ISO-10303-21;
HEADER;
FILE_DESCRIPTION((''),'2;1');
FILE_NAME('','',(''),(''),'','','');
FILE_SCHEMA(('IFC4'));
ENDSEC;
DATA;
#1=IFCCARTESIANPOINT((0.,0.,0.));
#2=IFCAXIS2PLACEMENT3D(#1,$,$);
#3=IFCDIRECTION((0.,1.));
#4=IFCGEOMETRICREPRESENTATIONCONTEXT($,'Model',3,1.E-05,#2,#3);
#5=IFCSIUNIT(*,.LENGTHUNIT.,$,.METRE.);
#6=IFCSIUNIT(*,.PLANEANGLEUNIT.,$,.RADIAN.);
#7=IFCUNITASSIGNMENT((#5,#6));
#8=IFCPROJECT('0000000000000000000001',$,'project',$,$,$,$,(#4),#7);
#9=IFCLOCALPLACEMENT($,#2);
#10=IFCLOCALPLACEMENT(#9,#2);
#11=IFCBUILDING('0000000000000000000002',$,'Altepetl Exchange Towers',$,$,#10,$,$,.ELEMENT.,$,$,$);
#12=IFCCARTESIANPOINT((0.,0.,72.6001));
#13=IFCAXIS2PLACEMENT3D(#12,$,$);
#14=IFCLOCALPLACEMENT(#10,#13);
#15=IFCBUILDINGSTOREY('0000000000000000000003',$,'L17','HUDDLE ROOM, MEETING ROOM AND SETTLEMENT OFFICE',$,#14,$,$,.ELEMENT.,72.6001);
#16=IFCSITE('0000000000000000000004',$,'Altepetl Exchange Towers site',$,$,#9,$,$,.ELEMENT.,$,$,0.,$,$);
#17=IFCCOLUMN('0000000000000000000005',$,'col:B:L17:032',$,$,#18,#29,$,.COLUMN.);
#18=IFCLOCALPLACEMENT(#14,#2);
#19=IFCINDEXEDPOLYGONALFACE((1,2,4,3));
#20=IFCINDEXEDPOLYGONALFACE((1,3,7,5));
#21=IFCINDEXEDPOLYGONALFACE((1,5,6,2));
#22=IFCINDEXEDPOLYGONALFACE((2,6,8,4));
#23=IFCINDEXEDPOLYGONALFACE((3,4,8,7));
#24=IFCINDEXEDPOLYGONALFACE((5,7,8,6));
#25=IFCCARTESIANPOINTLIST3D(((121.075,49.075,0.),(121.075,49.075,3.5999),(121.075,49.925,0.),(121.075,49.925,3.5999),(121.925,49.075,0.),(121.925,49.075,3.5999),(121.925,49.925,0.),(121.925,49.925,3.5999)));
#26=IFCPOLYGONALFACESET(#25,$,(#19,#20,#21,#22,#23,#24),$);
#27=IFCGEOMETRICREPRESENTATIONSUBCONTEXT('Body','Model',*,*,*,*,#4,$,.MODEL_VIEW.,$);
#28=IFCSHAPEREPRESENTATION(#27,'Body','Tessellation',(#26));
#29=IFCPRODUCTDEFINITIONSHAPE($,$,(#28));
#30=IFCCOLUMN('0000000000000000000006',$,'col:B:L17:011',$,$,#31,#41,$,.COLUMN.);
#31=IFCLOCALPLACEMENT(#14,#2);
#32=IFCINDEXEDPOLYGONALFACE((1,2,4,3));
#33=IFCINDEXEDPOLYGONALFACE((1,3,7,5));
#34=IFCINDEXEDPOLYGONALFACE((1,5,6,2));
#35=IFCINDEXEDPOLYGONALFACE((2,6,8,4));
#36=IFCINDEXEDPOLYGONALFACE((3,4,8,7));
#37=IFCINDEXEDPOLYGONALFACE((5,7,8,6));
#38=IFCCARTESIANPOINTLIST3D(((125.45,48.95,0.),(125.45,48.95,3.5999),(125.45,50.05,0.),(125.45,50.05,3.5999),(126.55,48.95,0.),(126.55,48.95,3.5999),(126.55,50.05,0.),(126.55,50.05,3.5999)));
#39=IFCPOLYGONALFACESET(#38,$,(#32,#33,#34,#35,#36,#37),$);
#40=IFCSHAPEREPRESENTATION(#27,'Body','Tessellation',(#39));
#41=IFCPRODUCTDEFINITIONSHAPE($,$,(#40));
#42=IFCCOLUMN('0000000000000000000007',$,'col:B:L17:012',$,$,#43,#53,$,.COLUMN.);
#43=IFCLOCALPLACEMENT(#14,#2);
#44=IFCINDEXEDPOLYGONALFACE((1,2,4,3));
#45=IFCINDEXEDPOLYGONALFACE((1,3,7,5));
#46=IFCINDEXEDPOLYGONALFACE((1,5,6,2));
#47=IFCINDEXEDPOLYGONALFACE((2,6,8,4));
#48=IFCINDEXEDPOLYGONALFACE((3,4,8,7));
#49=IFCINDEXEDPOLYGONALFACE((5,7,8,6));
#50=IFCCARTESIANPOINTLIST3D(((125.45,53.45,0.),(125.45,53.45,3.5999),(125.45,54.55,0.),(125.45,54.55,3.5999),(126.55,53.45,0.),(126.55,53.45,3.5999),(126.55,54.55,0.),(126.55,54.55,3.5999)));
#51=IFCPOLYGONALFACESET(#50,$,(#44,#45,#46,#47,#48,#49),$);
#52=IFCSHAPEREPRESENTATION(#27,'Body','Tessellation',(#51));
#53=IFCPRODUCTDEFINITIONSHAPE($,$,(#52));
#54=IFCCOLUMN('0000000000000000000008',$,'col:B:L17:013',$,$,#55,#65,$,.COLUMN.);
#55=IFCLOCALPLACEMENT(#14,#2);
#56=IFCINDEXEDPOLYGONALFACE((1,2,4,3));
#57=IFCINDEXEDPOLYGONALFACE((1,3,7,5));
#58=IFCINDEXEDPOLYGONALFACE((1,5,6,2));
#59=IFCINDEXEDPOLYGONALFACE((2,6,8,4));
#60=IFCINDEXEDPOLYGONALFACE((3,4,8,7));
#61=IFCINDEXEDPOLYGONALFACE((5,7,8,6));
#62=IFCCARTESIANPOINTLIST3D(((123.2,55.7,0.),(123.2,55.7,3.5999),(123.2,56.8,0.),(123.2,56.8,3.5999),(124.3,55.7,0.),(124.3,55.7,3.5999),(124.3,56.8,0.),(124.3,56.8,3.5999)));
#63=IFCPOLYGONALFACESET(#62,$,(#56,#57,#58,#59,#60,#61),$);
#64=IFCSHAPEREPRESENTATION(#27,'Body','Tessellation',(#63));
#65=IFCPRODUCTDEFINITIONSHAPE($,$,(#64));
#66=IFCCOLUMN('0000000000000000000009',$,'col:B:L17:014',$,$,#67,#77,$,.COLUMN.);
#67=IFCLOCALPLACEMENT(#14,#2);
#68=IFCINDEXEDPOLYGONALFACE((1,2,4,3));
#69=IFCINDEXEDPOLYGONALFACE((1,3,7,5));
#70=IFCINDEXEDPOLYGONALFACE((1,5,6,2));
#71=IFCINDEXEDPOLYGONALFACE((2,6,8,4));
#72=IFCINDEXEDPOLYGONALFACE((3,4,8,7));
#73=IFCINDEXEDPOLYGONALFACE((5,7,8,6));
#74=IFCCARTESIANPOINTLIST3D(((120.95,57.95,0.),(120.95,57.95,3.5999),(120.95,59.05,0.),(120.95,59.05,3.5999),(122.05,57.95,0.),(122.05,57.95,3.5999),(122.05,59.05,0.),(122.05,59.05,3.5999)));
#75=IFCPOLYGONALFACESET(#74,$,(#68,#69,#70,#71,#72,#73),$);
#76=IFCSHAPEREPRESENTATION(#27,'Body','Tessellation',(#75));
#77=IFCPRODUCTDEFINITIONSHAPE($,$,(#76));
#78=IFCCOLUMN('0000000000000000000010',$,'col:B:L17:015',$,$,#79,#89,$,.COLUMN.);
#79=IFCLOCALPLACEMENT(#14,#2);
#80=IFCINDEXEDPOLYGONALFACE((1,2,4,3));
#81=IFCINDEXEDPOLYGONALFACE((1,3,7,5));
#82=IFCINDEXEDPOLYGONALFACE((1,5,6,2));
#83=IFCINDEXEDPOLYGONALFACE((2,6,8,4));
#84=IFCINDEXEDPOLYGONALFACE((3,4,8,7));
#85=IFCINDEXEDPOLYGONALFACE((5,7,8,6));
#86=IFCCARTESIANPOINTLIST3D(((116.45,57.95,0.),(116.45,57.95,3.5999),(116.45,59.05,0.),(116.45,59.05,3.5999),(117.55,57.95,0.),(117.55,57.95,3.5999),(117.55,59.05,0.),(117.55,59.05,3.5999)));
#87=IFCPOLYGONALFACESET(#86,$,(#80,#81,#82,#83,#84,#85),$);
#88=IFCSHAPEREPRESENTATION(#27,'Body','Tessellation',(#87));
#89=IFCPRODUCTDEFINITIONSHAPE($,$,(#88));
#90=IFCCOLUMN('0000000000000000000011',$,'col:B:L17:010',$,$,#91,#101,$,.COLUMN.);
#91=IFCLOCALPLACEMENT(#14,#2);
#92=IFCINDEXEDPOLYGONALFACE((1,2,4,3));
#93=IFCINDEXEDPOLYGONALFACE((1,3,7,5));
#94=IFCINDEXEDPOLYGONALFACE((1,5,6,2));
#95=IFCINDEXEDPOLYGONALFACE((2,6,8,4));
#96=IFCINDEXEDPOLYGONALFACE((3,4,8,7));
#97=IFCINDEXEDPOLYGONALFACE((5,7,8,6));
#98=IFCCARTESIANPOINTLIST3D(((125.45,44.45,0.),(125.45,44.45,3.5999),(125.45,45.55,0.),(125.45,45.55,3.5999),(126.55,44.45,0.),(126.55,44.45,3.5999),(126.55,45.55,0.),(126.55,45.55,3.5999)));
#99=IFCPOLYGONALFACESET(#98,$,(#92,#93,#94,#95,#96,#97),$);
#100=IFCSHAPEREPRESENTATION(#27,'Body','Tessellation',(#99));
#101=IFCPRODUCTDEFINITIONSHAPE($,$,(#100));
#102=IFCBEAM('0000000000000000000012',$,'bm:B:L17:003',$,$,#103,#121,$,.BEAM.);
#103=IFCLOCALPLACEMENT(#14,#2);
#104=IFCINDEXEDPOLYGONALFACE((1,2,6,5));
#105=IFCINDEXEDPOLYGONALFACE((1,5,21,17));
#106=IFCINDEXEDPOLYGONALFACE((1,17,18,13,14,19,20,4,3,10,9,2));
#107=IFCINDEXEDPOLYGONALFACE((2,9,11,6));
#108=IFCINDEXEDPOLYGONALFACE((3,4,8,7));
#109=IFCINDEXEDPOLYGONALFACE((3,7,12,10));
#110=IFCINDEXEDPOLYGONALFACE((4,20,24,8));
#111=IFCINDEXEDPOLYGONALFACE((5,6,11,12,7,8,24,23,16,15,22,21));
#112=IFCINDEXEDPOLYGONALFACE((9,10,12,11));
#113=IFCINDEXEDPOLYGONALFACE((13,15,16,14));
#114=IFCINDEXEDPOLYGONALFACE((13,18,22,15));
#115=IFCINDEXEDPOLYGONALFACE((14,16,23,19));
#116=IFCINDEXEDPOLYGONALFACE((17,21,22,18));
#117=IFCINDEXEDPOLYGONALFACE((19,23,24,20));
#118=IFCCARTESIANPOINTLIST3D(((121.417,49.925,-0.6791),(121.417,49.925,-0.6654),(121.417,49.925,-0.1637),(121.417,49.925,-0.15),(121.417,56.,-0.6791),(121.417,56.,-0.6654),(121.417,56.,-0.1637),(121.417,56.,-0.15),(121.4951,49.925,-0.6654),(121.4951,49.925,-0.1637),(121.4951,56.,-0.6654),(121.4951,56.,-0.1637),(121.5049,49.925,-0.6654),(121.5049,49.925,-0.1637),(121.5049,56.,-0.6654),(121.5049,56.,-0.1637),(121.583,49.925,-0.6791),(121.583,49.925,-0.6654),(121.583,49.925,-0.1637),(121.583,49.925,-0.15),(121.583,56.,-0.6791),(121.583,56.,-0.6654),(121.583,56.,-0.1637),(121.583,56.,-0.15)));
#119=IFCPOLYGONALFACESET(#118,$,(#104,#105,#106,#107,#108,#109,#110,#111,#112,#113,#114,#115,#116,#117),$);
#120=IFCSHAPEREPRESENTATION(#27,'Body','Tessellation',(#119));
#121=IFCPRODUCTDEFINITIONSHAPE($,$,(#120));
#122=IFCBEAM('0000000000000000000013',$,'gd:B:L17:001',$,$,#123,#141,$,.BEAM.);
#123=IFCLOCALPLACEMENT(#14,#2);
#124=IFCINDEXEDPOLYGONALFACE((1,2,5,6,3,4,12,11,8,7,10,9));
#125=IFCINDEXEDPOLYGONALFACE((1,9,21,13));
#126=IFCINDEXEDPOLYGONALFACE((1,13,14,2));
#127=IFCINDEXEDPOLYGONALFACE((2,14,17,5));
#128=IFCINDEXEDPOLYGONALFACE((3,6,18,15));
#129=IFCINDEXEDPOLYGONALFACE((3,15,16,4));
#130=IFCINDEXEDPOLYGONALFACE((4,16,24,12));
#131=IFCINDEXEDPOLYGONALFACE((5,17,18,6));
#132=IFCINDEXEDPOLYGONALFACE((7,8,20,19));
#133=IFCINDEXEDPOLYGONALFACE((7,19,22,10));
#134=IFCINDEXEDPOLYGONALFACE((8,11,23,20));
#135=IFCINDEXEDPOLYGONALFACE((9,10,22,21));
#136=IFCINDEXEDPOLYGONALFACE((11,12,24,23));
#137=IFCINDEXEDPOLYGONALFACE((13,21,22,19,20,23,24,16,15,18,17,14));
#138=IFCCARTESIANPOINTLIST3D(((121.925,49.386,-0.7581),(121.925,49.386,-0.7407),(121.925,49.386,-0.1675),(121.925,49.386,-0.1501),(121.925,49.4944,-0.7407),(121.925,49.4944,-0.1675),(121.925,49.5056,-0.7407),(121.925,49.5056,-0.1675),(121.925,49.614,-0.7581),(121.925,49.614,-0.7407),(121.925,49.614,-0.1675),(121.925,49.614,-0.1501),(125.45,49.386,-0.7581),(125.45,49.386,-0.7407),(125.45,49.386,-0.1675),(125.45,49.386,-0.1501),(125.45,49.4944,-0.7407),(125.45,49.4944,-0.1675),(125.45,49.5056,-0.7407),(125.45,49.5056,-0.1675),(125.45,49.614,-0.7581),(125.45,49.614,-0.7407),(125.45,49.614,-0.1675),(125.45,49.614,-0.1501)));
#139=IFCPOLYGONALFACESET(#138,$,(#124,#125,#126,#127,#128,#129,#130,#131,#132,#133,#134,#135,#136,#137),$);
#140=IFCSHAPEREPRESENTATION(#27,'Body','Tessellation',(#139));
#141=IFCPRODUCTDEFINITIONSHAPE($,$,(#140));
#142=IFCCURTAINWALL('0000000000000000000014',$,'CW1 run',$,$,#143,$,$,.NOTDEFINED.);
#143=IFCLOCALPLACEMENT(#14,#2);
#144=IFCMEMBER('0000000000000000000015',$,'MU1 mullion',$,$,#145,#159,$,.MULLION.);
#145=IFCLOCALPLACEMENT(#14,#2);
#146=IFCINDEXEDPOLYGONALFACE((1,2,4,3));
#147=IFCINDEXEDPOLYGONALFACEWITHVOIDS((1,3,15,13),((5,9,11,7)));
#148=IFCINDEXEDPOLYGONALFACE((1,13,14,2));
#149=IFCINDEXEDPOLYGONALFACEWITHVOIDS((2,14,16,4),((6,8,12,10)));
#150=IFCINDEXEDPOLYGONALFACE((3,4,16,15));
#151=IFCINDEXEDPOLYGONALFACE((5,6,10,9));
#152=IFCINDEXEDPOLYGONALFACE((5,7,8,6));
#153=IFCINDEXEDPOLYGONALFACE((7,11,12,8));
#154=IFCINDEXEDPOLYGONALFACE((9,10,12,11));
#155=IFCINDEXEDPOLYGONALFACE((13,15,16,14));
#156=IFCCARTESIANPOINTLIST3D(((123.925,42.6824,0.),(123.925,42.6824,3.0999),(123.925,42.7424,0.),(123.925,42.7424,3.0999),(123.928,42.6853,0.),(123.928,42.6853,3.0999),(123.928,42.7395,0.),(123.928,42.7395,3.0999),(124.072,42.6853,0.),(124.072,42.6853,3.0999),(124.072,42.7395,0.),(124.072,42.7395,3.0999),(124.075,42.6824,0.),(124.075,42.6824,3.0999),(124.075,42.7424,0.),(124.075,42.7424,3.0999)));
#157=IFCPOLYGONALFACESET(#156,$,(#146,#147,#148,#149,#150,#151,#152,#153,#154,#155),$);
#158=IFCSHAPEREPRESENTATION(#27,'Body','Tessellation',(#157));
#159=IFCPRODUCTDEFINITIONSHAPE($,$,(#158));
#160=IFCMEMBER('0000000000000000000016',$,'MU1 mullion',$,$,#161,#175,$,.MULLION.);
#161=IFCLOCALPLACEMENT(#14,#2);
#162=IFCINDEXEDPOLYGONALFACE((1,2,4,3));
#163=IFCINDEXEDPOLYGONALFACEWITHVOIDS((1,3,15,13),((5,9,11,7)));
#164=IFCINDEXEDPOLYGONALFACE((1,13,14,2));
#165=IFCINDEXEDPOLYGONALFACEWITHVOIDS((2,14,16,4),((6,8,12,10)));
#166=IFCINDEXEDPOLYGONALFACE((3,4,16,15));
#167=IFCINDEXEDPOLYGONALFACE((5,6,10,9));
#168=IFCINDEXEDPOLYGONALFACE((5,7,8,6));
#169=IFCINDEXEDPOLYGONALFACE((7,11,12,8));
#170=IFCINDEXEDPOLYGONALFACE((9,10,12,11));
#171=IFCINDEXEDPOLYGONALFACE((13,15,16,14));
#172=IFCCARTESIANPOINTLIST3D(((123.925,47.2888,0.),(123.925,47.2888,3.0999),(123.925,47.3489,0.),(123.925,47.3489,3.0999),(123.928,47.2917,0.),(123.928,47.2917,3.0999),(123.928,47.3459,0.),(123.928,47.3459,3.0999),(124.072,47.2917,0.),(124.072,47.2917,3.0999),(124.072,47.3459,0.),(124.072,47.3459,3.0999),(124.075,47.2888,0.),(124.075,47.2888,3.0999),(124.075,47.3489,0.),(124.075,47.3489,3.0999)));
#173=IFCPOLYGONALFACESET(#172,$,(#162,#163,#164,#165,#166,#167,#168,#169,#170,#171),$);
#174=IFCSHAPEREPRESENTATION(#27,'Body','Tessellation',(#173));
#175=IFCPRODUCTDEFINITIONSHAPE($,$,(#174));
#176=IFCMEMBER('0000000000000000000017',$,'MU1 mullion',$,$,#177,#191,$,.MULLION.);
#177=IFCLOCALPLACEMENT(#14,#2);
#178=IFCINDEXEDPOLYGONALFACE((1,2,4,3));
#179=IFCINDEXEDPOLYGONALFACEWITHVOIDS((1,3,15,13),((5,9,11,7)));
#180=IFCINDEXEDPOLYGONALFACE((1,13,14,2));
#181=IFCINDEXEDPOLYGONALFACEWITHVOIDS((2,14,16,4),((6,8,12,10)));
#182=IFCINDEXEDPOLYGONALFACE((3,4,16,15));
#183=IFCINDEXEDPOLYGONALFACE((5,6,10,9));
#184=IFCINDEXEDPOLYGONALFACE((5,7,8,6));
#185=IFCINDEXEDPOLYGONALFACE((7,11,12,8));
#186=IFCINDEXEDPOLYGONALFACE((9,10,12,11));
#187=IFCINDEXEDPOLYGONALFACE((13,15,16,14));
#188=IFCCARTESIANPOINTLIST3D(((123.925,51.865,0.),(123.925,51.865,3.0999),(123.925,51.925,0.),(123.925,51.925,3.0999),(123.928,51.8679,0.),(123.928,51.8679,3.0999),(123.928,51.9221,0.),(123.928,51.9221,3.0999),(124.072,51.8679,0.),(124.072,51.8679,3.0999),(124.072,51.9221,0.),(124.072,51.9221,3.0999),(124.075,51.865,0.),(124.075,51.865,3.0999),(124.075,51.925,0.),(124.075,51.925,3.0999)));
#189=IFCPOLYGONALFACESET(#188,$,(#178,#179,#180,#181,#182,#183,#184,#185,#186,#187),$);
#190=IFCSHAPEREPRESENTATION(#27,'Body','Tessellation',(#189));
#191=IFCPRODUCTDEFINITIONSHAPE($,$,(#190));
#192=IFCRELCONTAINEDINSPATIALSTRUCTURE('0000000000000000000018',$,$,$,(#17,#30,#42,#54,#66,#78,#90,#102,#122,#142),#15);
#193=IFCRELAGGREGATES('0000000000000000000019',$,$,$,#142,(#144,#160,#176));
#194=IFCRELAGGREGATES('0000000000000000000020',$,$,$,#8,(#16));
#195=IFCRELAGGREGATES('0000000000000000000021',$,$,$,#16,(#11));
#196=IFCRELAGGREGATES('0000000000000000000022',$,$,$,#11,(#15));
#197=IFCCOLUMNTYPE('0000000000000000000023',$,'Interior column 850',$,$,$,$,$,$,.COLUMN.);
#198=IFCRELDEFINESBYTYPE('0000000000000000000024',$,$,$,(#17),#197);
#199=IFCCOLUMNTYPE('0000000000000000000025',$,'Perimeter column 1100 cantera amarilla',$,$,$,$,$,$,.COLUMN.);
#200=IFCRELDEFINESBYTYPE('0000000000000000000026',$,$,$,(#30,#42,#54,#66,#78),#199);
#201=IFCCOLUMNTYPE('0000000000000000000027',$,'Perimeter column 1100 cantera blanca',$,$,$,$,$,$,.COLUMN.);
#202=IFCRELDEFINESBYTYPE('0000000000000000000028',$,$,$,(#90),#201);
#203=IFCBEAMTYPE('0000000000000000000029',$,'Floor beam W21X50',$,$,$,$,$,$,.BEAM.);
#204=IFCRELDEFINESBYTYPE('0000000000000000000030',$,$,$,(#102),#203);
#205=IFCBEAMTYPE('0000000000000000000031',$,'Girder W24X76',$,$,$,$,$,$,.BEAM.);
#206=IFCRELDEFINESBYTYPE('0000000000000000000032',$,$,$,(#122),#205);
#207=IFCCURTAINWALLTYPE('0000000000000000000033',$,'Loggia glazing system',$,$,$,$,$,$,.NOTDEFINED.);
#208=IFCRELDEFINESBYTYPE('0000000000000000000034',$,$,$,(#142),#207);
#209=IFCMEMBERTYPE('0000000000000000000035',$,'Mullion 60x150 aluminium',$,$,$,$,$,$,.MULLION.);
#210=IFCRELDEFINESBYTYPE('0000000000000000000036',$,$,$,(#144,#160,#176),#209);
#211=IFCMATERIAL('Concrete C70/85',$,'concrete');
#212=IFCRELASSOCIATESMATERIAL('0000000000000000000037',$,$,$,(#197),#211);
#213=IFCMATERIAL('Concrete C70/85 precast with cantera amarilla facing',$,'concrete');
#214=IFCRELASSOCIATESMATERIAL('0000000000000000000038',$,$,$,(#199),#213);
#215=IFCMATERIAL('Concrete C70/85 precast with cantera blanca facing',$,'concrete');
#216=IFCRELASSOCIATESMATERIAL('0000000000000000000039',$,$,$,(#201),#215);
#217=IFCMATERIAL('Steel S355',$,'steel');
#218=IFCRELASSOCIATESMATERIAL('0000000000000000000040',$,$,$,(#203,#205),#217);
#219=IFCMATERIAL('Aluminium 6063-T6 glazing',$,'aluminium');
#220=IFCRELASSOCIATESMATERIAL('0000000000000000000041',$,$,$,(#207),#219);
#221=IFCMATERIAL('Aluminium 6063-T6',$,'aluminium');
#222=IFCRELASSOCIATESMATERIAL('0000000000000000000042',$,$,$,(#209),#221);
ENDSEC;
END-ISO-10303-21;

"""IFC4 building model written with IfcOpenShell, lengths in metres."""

from ifc_helpers import new_model, si_unit, direction, frame, origin, origin_2d, place, context, subcontext, project, spatial, rectangle, hollow_rectangle, i_section, extrude, material, material_profile, profile_set, type_object, element, aggregate, save


model = new_model("IFC4")

# Units and contexts
model_context = context("Model", 3, precision=1e-05, world=origin(), true_north=direction((0.0, 1.0)))
body_context = subcontext(model_context, "Body", "Model", "MODEL_VIEW")
ifc_project = project(units=[si_unit("LENGTHUNIT", "METRE"), si_unit("PLANEANGLEUNIT", "RADIAN")], contexts=[model_context])

# Site, building, storey
site_placement = place(None, origin())
site = spatial("IfcSite", under=ifc_project, at=site_placement, Name="Altepetl Exchange Towers site", CompositionType="ELEMENT", RefElevation=0.0)
building_placement = place(site_placement, origin())
building = spatial("IfcBuilding", under=site, at=building_placement, Name="Altepetl Exchange Towers", CompositionType="ELEMENT")
storey_placement = place(building_placement, frame((0.0, 0.0, 72.6001)))
storey = spatial("IfcBuildingStorey", under=building, at=storey_placement, Name="L17", Description="HUDDLE ROOM, MEETING ROOM AND SETTLEMENT OFFICE", CompositionType="ELEMENT", Elevation=72.6001)

# Columns
ifc_material_1 = material(Name="Concrete C70/85", Category="concrete")
ifc_material_profile_1 = material_profile(ifc_material_1, rectangle(XDim=0.8501, YDim=0.8501, at=origin_2d()), Name="850 x 850")
ifc_profile_set_1 = profile_set([ifc_material_profile_1], Name="Concrete C70/85")
column_type_1 = type_object("IfcColumnType", Name="Interior column 850", PredefinedType="COLUMN", material=ifc_profile_set_1)
column_1_placement = place(storey_placement, frame((121.5, 49.5, 0.0)))
element("IfcColumn", 1, at=column_1_placement, inside=storey, type_object=column_type_1, Name="col:B:L17:032", PredefinedType="COLUMN", context=body_context, shape_type="SweptSolid", body=[
    extrude(rectangle(XDim=0.8501, YDim=0.8501, at=origin_2d()), origin(), (0.0, 0.0, 1.0), 3.5999),
])
ifc_material_2 = material(Name="Concrete C70/85 precast with cantera amarilla facing", Category="concrete")
ifc_material_profile_2 = material_profile(ifc_material_2, rectangle(XDim=1.1001, YDim=1.1001, at=origin_2d()), Name="1100 x 1100")
ifc_profile_set_2 = profile_set([ifc_material_profile_2], Name="Concrete C70/85 precast with cantera amarilla facing")
column_type_2 = type_object("IfcColumnType", Name="Perimeter column 1100 cantera amarilla", PredefinedType="COLUMN", material=ifc_profile_set_2)
for number, where, name in (
    (2, (126.0, 49.5, 0.0), "col:B:L17:011"),
    (3, (126.0, 54.0, 0.0), "col:B:L17:012"),
    (4, (123.75, 56.25, 0.0), "col:B:L17:013"),
    (5, (121.5, 58.5, 0.0), "col:B:L17:014"),
    (6, (117.0, 58.5, 0.0), "col:B:L17:015"),
):
    element("IfcColumn", number, at=place(storey_placement, frame(where)), inside=storey, type_object=column_type_2, Name=name, PredefinedType="COLUMN", context=body_context, shape_type="SweptSolid", body=[
        extrude(rectangle(XDim=1.1001, YDim=1.1001, at=origin_2d()), origin(), (0.0, 0.0, 1.0), 3.5999),
    ])
ifc_material_3 = material(Name="Concrete C70/85 precast with cantera blanca facing", Category="concrete")
ifc_material_profile_3 = material_profile(ifc_material_3, rectangle(XDim=1.1001, YDim=1.1001, at=origin_2d()), Name="1100 x 1100")
ifc_profile_set_3 = profile_set([ifc_material_profile_3], Name="Concrete C70/85 precast with cantera blanca facing")
column_type_3 = type_object("IfcColumnType", Name="Perimeter column 1100 cantera blanca", PredefinedType="COLUMN", material=ifc_profile_set_3)
column_2_placement = place(storey_placement, frame((126.0, 45.0, 0.0)))
element("IfcColumn", 7, at=column_2_placement, inside=storey, type_object=column_type_3, Name="col:B:L17:010", PredefinedType="COLUMN", context=body_context, shape_type="SweptSolid", body=[
    extrude(rectangle(XDim=1.1001, YDim=1.1001, at=origin_2d()), origin(), (0.0, 0.0, 1.0), 3.5999),
])

# Beams
ifc_material_4 = material(Name="Steel S355", Category="steel")
ifc_material_profile_4 = material_profile(ifc_material_4, i_section(OverallWidth=0.166, OverallDepth=0.5291, WebThickness=0.0098, FlangeThickness=0.0137, at=origin_2d()), Name="W21X50")
ifc_profile_set_4 = profile_set([ifc_material_profile_4], Name="Steel S355")
beam_type_1 = type_object("IfcBeamType", Name="Floor beam W21X50", PredefinedType="BEAM", material=ifc_profile_set_4)
beam_1_placement = place(storey_placement, frame((121.5, 49.925, -0.4146), z_axis=(0.0, 1.0, 0.0), x_axis=(-1.0, 0.0, 0.0)))
element("IfcBeam", 8, at=beam_1_placement, inside=storey, type_object=beam_type_1, Name="bm:B:L17:003", PredefinedType="BEAM", context=body_context, shape_type="SweptSolid", body=[
    extrude(i_section(OverallWidth=0.166, OverallDepth=0.5291, WebThickness=0.0098, FlangeThickness=0.0137, at=origin_2d()), origin(), (0.0, 0.0, 1.0), 6.075),
])
ifc_material_profile_5 = material_profile(ifc_material_4, i_section(OverallWidth=0.228, OverallDepth=0.6079, WebThickness=0.0112, FlangeThickness=0.0173, at=origin_2d()), Name="W24X76")
ifc_profile_set_5 = profile_set([ifc_material_profile_5], Name="Steel S355")
beam_type_2 = type_object("IfcBeamType", Name="Girder W24X76", PredefinedType="BEAM", material=ifc_profile_set_5)
beam_2_placement = place(storey_placement, frame((121.925, 49.5, -0.4541), z_axis=(1.0, 0.0, 0.0), x_axis=(0.0, 1.0, 0.0)))
element("IfcBeam", 9, at=beam_2_placement, inside=storey, type_object=beam_type_2, Name="gd:B:L17:001", PredefinedType="BEAM", context=body_context, shape_type="SweptSolid", body=[
    extrude(i_section(OverallWidth=0.228, OverallDepth=0.6079, WebThickness=0.0112, FlangeThickness=0.0173, at=origin_2d()), origin(), (0.0, 0.0, 1.0), 3.5249),
])

# Curtain wall, members
ifc_material_5 = material(Name="Aluminium 6063-T6 glazing", Category="aluminium")
curtain_wall_type = type_object("IfcCurtainWallType", Name="Loggia glazing system", PredefinedType="NOTDEFINED", material=ifc_material_5)
curtain_wall_1_placement = place(storey_placement, origin())
curtain_wall_1 = element("IfcCurtainWall", 10, at=curtain_wall_1_placement, inside=storey, type_object=curtain_wall_type, Name="CW1 run", PredefinedType="NOTDEFINED")
ifc_material_6 = material(Name="Aluminium 6063-T6", Category="aluminium")
ifc_material_profile_6 = material_profile(ifc_material_6, hollow_rectangle(XDim=0.0601, YDim=0.1499, WallThickness=0.0029, at=origin_2d()), Name="Mullion 60x150 aluminium")
ifc_profile_set_6 = profile_set([ifc_material_profile_6], Name="Aluminium 6063-T6")
member_type = type_object("IfcMemberType", Name="Mullion 60x150 aluminium", PredefinedType="MULLION", material=ifc_profile_set_6)
member_1_placement = place(storey_placement, frame((124.0, 42.7124, 0.0), z_axis=(0.0, 0.0, 1.0), x_axis=(0.0, 1.0, 0.0)))
member_1 = element("IfcMember", 11, at=member_1_placement, type_object=member_type, Name="MU1 mullion", PredefinedType="MULLION", context=body_context, shape_type="SweptSolid", body=[
    extrude(hollow_rectangle(XDim=0.0601, YDim=0.1499, WallThickness=0.0029, at=origin_2d()), origin(), (0.0, 0.0, 1.0), 3.0999),
])
member_2_placement = place(storey_placement, frame((124.0, 47.3188, 0.0), z_axis=(0.0, 0.0, 1.0), x_axis=(0.0, 1.0, 0.0)))
member_2 = element("IfcMember", 12, at=member_2_placement, type_object=member_type, Name="MU1 mullion", PredefinedType="MULLION", context=body_context, shape_type="SweptSolid", body=[
    extrude(hollow_rectangle(XDim=0.0601, YDim=0.1499, WallThickness=0.0029, at=origin_2d()), origin(), (0.0, 0.0, 1.0), 3.0999),
])
member_3_placement = place(storey_placement, frame((124.0, 51.895, 0.0), z_axis=(0.0, 0.0, 1.0), x_axis=(0.0, 1.0, 0.0)))
member_3 = element("IfcMember", 13, at=member_3_placement, type_object=member_type, Name="MU1 mullion", PredefinedType="MULLION", context=body_context, shape_type="SweptSolid", body=[
    extrude(hollow_rectangle(XDim=0.0601, YDim=0.1499, WallThickness=0.0029, at=origin_2d()), origin(), (0.0, 0.0, 1.0), 3.0999),
])

aggregate(curtain_wall_1, [member_1, member_2, member_3])

save(model, "model.ifc")
